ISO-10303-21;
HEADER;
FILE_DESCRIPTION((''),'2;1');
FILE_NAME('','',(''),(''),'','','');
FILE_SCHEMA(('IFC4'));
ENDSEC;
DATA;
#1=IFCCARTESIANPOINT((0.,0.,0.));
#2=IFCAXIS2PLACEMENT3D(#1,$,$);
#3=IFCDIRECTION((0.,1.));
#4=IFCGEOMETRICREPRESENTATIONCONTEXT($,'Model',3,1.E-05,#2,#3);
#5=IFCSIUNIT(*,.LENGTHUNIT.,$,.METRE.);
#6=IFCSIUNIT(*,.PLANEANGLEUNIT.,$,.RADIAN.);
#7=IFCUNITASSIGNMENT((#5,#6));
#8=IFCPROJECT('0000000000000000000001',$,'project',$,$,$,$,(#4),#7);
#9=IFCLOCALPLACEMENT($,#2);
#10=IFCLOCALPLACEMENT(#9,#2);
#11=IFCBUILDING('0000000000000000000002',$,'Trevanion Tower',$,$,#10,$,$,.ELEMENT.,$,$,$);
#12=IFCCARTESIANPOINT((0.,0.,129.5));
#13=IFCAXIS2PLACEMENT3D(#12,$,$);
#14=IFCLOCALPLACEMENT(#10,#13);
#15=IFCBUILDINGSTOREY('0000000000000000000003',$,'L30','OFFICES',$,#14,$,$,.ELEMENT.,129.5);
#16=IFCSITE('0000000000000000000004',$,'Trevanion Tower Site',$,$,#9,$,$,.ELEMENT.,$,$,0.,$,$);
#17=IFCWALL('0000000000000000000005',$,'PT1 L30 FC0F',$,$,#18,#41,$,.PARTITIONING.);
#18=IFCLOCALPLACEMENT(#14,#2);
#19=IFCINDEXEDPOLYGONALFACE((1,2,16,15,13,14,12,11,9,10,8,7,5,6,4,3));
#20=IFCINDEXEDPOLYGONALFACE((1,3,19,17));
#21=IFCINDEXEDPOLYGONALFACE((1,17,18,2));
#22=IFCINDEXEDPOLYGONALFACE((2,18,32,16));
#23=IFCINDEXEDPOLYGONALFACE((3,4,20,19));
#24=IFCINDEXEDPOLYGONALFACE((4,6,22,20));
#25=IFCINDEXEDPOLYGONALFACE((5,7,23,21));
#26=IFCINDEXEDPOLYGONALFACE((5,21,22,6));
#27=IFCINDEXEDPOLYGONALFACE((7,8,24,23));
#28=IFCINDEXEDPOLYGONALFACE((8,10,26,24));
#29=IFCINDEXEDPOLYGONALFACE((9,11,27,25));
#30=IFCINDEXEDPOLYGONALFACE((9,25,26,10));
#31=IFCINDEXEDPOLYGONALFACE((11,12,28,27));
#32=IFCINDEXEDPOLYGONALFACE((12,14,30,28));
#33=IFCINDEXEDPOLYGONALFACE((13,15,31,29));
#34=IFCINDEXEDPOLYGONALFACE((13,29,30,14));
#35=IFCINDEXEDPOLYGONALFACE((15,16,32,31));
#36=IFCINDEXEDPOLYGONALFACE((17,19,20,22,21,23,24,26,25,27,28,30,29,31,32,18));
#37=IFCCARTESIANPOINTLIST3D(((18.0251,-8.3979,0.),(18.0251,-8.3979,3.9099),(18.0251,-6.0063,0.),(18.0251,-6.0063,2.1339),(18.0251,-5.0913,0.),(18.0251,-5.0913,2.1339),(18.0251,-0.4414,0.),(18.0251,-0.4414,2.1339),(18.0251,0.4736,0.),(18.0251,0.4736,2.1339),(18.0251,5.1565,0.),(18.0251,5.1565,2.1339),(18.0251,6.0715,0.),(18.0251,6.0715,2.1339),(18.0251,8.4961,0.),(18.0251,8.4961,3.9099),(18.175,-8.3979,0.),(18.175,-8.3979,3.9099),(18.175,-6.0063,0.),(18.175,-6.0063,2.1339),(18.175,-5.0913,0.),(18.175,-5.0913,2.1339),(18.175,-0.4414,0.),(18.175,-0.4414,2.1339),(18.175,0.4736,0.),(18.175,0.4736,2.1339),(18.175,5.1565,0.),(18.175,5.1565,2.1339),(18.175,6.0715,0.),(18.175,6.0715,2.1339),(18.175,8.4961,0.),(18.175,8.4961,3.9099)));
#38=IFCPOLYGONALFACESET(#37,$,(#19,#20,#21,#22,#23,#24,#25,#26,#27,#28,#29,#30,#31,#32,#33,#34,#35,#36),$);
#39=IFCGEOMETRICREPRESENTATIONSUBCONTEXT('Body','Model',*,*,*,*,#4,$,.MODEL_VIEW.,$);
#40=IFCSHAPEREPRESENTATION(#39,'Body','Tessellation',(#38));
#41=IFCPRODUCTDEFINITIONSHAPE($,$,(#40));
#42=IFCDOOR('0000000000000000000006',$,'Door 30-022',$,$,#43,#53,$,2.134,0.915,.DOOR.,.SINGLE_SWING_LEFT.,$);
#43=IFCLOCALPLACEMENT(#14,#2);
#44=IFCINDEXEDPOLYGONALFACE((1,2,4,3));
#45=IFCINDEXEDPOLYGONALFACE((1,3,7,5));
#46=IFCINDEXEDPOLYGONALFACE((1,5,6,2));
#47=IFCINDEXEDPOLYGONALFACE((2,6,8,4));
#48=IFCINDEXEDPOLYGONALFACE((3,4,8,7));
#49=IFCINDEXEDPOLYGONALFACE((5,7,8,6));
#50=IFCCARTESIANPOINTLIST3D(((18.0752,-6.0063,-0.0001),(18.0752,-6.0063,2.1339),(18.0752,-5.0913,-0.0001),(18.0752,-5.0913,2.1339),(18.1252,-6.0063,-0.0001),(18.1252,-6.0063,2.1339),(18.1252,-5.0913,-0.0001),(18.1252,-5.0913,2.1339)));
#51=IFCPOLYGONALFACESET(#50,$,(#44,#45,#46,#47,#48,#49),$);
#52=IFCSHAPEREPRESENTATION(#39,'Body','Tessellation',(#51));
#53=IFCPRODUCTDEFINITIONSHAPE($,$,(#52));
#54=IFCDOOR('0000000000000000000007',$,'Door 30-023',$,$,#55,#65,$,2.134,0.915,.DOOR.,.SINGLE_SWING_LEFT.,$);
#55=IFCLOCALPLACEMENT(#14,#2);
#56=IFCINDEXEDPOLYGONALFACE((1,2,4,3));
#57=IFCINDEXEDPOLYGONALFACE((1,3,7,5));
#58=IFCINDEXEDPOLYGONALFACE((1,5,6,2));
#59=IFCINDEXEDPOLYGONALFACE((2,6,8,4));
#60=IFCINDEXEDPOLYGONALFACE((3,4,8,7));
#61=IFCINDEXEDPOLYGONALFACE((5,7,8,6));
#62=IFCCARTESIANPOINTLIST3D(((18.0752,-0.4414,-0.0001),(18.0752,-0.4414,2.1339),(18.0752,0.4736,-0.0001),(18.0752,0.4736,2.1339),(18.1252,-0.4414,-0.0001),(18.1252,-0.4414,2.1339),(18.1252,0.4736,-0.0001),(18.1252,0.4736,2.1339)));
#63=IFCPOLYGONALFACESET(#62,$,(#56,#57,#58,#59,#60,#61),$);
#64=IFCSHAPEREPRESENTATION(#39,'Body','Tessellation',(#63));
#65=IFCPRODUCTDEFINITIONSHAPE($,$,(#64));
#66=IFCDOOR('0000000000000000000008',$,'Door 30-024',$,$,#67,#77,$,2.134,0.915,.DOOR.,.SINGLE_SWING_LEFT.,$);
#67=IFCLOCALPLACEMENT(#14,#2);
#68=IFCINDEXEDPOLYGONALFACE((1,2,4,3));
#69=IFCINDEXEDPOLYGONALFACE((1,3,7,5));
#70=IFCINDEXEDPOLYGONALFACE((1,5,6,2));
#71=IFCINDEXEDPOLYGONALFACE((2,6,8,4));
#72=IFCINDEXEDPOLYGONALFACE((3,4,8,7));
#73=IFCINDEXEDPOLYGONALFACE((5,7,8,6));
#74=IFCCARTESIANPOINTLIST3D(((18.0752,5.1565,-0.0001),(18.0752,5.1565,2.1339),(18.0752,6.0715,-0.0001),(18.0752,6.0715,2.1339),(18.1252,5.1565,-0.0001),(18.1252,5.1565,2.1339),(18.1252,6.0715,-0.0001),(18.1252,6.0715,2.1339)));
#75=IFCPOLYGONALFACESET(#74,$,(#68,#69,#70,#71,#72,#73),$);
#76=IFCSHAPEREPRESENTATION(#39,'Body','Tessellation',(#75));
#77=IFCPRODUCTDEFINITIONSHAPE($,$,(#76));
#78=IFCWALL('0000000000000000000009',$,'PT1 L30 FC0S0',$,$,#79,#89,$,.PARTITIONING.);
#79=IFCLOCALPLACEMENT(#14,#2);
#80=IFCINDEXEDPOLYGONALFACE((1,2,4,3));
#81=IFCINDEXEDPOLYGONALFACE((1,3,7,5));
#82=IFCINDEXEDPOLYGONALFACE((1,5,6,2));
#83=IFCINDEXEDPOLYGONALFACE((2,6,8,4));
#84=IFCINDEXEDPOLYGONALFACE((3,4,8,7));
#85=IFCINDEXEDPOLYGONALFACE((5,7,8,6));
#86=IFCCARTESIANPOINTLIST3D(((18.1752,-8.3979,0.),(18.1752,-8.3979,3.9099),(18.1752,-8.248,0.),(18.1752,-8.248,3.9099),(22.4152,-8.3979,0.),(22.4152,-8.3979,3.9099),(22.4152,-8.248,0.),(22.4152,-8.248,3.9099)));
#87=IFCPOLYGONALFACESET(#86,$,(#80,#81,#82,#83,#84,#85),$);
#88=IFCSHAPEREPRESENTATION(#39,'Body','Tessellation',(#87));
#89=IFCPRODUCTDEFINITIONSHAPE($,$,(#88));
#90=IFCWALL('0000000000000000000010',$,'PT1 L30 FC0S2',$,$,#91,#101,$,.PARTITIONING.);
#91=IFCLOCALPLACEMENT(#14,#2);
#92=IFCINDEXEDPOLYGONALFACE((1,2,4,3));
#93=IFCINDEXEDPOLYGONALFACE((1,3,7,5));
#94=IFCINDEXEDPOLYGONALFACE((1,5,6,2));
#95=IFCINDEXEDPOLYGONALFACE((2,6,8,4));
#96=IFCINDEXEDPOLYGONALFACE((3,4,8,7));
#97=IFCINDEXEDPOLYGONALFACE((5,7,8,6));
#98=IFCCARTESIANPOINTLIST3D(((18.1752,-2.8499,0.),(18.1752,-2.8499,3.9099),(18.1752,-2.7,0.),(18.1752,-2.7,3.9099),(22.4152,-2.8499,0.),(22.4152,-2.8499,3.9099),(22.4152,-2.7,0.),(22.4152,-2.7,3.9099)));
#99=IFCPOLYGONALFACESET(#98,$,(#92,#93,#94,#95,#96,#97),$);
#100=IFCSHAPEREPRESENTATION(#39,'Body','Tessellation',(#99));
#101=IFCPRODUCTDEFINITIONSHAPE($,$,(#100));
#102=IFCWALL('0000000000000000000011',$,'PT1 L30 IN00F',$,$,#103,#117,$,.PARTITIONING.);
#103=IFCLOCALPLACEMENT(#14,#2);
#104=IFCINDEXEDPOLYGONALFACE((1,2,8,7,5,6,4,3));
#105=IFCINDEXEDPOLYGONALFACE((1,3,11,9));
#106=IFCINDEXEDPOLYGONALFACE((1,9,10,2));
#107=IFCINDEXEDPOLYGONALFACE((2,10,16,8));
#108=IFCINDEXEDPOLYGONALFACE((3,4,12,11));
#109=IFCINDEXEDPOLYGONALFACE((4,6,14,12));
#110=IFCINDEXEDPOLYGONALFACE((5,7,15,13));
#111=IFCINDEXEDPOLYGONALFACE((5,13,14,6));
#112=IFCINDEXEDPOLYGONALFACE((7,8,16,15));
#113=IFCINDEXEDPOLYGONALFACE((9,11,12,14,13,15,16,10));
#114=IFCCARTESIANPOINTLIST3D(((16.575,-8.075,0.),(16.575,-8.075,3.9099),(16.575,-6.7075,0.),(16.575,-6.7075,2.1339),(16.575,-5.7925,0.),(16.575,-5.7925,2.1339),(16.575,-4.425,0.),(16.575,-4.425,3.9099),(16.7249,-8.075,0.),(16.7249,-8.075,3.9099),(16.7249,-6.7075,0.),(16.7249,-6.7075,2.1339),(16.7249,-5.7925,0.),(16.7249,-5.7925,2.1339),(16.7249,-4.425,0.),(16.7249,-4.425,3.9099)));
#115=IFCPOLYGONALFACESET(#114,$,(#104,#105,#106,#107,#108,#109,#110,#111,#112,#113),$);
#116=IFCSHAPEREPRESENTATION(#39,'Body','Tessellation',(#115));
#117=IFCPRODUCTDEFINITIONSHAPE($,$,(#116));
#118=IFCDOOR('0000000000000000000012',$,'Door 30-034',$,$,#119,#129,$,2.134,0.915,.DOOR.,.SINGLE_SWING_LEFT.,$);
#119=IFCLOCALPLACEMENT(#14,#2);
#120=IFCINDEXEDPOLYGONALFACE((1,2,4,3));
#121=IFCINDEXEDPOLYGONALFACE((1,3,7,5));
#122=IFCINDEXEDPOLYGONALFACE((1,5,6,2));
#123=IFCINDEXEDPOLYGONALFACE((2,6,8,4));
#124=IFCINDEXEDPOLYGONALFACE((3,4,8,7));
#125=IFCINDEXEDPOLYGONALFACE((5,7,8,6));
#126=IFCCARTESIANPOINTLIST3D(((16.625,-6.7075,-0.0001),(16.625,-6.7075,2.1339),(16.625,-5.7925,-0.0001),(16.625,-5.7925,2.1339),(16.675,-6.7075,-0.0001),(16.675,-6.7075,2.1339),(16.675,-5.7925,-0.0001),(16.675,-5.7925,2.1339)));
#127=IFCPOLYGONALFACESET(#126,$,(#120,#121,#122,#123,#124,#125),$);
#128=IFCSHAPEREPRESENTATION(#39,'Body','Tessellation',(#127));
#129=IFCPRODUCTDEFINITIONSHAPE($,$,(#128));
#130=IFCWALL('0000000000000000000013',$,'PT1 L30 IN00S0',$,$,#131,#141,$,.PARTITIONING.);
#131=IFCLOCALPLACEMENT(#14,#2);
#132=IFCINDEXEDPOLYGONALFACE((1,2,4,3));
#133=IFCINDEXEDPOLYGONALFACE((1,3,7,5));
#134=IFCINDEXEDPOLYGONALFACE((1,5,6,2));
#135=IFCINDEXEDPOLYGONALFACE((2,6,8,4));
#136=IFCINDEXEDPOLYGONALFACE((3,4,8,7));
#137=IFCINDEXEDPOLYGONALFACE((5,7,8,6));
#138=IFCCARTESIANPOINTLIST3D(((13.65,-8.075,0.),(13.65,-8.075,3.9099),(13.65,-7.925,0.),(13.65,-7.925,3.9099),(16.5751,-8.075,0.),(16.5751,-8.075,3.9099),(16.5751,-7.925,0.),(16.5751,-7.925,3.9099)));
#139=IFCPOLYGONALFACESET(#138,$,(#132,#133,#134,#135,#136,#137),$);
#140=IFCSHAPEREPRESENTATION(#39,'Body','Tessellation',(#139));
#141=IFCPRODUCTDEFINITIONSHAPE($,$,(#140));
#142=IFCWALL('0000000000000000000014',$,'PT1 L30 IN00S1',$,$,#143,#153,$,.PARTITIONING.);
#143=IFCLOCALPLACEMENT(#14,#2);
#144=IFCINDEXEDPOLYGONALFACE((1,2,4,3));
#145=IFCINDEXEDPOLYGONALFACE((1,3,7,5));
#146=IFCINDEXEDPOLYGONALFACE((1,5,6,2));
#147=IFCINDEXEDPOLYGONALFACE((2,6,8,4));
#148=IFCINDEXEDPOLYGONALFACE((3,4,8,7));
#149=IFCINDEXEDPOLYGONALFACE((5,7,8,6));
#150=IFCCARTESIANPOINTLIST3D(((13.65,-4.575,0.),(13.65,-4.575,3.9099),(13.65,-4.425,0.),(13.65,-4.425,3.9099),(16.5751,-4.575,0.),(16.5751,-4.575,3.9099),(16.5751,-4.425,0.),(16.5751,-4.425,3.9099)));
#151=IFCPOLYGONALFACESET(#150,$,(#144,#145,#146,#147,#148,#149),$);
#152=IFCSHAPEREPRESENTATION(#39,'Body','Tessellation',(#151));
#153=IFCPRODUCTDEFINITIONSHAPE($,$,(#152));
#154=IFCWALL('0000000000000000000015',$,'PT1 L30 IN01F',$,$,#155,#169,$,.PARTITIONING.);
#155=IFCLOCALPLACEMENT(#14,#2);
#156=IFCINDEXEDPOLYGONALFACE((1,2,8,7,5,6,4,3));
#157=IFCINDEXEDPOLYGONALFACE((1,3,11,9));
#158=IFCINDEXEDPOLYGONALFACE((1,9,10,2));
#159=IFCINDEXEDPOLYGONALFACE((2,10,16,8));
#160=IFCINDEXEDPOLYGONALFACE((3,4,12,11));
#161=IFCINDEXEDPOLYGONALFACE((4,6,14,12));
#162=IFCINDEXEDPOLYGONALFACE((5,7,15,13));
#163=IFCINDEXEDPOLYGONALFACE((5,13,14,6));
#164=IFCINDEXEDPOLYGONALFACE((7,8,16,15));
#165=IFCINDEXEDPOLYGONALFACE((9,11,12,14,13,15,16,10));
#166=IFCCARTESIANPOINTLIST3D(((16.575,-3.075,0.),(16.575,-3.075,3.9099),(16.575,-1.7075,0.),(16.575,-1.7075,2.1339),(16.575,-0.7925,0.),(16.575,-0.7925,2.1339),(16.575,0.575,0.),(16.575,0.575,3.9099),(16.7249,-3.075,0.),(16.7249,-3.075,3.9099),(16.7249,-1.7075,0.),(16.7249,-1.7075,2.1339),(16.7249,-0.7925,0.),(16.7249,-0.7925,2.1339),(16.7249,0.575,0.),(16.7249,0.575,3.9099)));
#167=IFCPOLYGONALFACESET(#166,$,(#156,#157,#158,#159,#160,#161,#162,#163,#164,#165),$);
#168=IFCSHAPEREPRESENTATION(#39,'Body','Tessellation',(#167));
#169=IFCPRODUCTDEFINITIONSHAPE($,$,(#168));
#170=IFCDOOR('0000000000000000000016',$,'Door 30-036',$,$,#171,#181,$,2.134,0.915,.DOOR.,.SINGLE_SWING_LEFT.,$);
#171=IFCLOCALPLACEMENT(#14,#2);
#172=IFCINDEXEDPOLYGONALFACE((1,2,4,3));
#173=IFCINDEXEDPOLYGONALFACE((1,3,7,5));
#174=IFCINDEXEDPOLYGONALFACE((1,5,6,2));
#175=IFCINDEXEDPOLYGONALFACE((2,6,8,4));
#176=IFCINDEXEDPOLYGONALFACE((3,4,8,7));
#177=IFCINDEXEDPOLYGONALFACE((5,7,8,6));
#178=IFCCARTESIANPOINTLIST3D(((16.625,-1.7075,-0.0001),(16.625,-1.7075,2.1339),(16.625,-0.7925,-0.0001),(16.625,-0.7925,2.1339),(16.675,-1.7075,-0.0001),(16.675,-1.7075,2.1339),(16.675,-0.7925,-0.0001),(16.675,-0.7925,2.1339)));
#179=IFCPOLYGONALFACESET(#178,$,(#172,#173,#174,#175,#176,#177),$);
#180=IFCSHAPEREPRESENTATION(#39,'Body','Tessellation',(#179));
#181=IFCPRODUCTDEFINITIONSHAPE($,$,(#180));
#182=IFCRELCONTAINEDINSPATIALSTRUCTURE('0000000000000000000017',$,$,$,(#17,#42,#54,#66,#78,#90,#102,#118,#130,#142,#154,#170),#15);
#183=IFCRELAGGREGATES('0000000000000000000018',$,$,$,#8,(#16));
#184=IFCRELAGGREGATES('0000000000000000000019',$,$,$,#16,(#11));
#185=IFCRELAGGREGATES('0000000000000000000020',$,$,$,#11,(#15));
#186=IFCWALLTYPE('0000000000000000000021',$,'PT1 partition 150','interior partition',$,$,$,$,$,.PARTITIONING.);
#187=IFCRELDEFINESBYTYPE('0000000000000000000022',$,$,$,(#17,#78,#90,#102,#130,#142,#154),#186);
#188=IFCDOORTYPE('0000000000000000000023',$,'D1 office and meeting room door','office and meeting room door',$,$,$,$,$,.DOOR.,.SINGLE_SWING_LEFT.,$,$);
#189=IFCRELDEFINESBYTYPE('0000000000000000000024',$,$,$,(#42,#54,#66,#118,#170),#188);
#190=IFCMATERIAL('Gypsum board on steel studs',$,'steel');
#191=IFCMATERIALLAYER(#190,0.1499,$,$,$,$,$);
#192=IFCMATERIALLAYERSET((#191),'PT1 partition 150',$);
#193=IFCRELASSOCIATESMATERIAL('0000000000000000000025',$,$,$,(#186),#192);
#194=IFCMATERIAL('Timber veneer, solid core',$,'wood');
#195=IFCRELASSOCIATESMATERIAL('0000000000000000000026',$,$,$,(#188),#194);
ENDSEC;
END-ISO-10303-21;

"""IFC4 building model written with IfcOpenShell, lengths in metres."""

from ifc_helpers import new_model, si_unit, direction, frame, frame_2d, origin, place, context, subcontext, project, spatial, rectangle, extrude, material, layer, layer_set, type_object, element, fill, save


model = new_model("IFC4")

# Units and contexts
model_context = context("Model", 3, precision=1e-05, world=origin(), true_north=direction((0.0, 1.0)))
body_context = subcontext(model_context, "Body", "Model", "MODEL_VIEW")
ifc_project = project(units=[si_unit("LENGTHUNIT", "METRE"), si_unit("PLANEANGLEUNIT", "RADIAN")], contexts=[model_context])

# Site, building, storey
site_placement = place(None, origin())
site = spatial("IfcSite", under=ifc_project, at=site_placement, Name="Trevanion Tower Site", CompositionType="ELEMENT", RefElevation=0.0)
building_placement = place(site_placement, origin())
building = spatial("IfcBuilding", under=site, at=building_placement, Name="Trevanion Tower", CompositionType="ELEMENT")
storey_placement = place(building_placement, frame((0.0, 0.0, 129.5)))
storey = spatial("IfcBuildingStorey", under=building, at=storey_placement, Name="L30", Description="OFFICES", CompositionType="ELEMENT", Elevation=129.5)

# Wall, openings, doors
ifc_material_1 = material(Name="Gypsum board on steel studs", Category="steel")
ifc_layer_1 = layer(ifc_material_1, 0.1499)
ifc_layer_set_1 = layer_set([ifc_layer_1], Name="PT1 partition 150")
wall_type = type_object("IfcWallType", Name="PT1 partition 150", Description="interior partition", PredefinedType="PARTITIONING", material=ifc_layer_set_1)
wall_1_placement = place(storey_placement, frame((18.1001, -8.3979, 0.0), z_axis=(0.0, 0.0, 1.0), x_axis=(0.0, 1.0, 0.0)))
wall_1 = element("IfcWall", 1, at=wall_1_placement, inside=storey, type_object=wall_type, Name="PT1 L30 FC0F", PredefinedType="PARTITIONING", context=body_context, shape_type="SweptSolid", body=[
    extrude(rectangle(XDim=16.894, YDim=0.1499, at=frame_2d((8.447, 0.0))), origin(), (0.0, 0.0, 1.0), 3.9099),
])
opening_1_placement = place(wall_1_placement, frame((2.3916, 0.0, 0.0)))
opening_1 = element("IfcOpeningElement", 2, at=opening_1_placement, cuts=wall_1, PredefinedType="OPENING", context=body_context, shape_type="SweptSolid", body=[
    extrude(rectangle(XDim=0.915, YDim=2.134, at=frame_2d((0.4575, 1.0669))), frame((0.0, 0.085, 0.0), z_axis=(0.0, -1.0, 0.0), x_axis=(1.0, 0.0, 0.0)), (0.0, 0.0, 1.0), 0.1699),
])
opening_2_placement = place(wall_1_placement, frame((7.9565, 0.0, 0.0)))
opening_2 = element("IfcOpeningElement", 3, at=opening_2_placement, cuts=wall_1, PredefinedType="OPENING", context=body_context, shape_type="SweptSolid", body=[
    extrude(rectangle(XDim=0.915, YDim=2.134, at=frame_2d((0.4575, 1.0669))), frame((0.0, 0.085, 0.0), z_axis=(0.0, -1.0, 0.0), x_axis=(1.0, 0.0, 0.0)), (0.0, 0.0, 1.0), 0.1699),
])
opening_3_placement = place(wall_1_placement, frame((13.5544, 0.0, 0.0)))
opening_3 = element("IfcOpeningElement", 4, at=opening_3_placement, cuts=wall_1, PredefinedType="OPENING", context=body_context, shape_type="SweptSolid", body=[
    extrude(rectangle(XDim=0.915, YDim=2.134, at=frame_2d((0.4575, 1.0669))), frame((0.0, 0.085, 0.0), z_axis=(0.0, -1.0, 0.0), x_axis=(1.0, 0.0, 0.0)), (0.0, 0.0, 1.0), 0.1699),
])
ifc_material_2 = material(Name="Timber veneer, solid core", Category="wood")
door_type = type_object("IfcDoorType", Name="D1 office and meeting room door", Description="office and meeting room door", OperationType="SINGLE_SWING_LEFT", PredefinedType="DOOR", material=ifc_material_2)
door_1_placement = place(opening_1_placement, origin())
door_1 = element("IfcDoor", 5, at=door_1_placement, inside=storey, type_object=door_type, Name="Door 30-022", OperationType="SINGLE_SWING_LEFT", OverallHeight=2.134, OverallWidth=0.915, PredefinedType="DOOR", context=body_context, shape_type="SweptSolid", body=[
    extrude(rectangle(XDim=0.915, YDim=2.134, at=frame_2d((0.4575, 1.0669))), frame((0.0, 0.0249, 0.0), z_axis=(0.0, -1.0, 0.0), x_axis=(1.0, 0.0, 0.0)), (0.0, 0.0, 1.0), 0.05),
])
fill(opening_1, door_1)
door_2_placement = place(opening_2_placement, origin())
door_2 = element("IfcDoor", 6, at=door_2_placement, inside=storey, type_object=door_type, Name="Door 30-023", OperationType="SINGLE_SWING_LEFT", OverallHeight=2.134, OverallWidth=0.915, PredefinedType="DOOR", context=body_context, shape_type="SweptSolid", body=[
    extrude(rectangle(XDim=0.915, YDim=2.134, at=frame_2d((0.4575, 1.0669))), frame((0.0, 0.0249, 0.0), z_axis=(0.0, -1.0, 0.0), x_axis=(1.0, 0.0, 0.0)), (0.0, 0.0, 1.0), 0.05),
])
fill(opening_2, door_2)
door_3_placement = place(opening_3_placement, origin())
door_3 = element("IfcDoor", 7, at=door_3_placement, inside=storey, type_object=door_type, Name="Door 30-024", OperationType="SINGLE_SWING_LEFT", OverallHeight=2.134, OverallWidth=0.915, PredefinedType="DOOR", context=body_context, shape_type="SweptSolid", body=[
    extrude(rectangle(XDim=0.915, YDim=2.134, at=frame_2d((0.4575, 1.0669))), frame((0.0, 0.0249, 0.0), z_axis=(0.0, -1.0, 0.0), x_axis=(1.0, 0.0, 0.0)), (0.0, 0.0, 1.0), 0.05),
])
fill(opening_3, door_3)

# Walls
for number, where, z_axis, x_axis, name in (
    (8, (18.175, -8.323, 0.0), (0.0, 0.0, 1.0), (1.0, 0.0, 0.0), "PT1 L30 FC0S0"),
    (9, (18.175, -2.7749, 0.0), (0.0, 0.0, 1.0), (1.0, 0.0, 0.0), "PT1 L30 FC0S2"),
):
    element("IfcWall", number, at=place(storey_placement, frame(where, z_axis=z_axis, x_axis=x_axis)), inside=storey, type_object=wall_type, Name=name, PredefinedType="PARTITIONING", context=body_context, shape_type="SweptSolid", body=[
        extrude(rectangle(XDim=4.24, YDim=0.1499, at=frame_2d((2.1201, 0.0))), origin(), (0.0, 0.0, 1.0), 3.9099),
    ])

# Wall, opening, door
wall_2_placement = place(storey_placement, frame((16.6499, -8.075, 0.0), z_axis=(0.0, 0.0, 1.0), x_axis=(0.0, 1.0, 0.0)))
wall_2 = element("IfcWall", 10, at=wall_2_placement, inside=storey, type_object=wall_type, Name="PT1 L30 IN00F", PredefinedType="PARTITIONING", context=body_context, shape_type="SweptSolid", body=[
    extrude(rectangle(XDim=3.6499, YDim=0.1499, at=frame_2d((1.825, 0.0))), origin(), (0.0, 0.0, 1.0), 3.9099),
])
opening_4_placement = place(wall_2_placement, frame((1.3674, 0.0, 0.0)))
opening_4 = element("IfcOpeningElement", 11, at=opening_4_placement, cuts=wall_2, PredefinedType="OPENING", context=body_context, shape_type="SweptSolid", body=[
    extrude(rectangle(XDim=0.915, YDim=2.134, at=frame_2d((0.4575, 1.0669))), frame((0.0, 0.085, 0.0), z_axis=(0.0, -1.0, 0.0), x_axis=(1.0, 0.0, 0.0)), (0.0, 0.0, 1.0), 0.1699),
])
door_4_placement = place(opening_4_placement, origin())
door_4 = element("IfcDoor", 12, at=door_4_placement, inside=storey, type_object=door_type, Name="Door 30-034", OperationType="SINGLE_SWING_LEFT", OverallHeight=2.134, OverallWidth=0.915, PredefinedType="DOOR", context=body_context, shape_type="SweptSolid", body=[
    extrude(rectangle(XDim=0.915, YDim=2.134, at=frame_2d((0.4575, 1.0669))), frame((0.0, 0.0249, 0.0), z_axis=(0.0, -1.0, 0.0), x_axis=(1.0, 0.0, 0.0)), (0.0, 0.0, 1.0), 0.05),
])
fill(opening_4, door_4)

# Walls
for number, where, z_axis, x_axis, name in (
    (13, (16.575, -8.0, 0.0), (0.0, 0.0, 1.0), (-1.0, 0.0, 0.0), "PT1 L30 IN00S0"),
    (14, (16.575, -4.5, 0.0), (0.0, 0.0, 1.0), (-1.0, 0.0, 0.0), "PT1 L30 IN00S1"),
):
    element("IfcWall", number, at=place(storey_placement, frame(where, z_axis=z_axis, x_axis=x_axis)), inside=storey, type_object=wall_type, Name=name, PredefinedType="PARTITIONING", context=body_context, shape_type="SweptSolid", body=[
        extrude(rectangle(XDim=2.925, YDim=0.1499, at=frame_2d((1.4624, 0.0))), origin(), (0.0, 0.0, 1.0), 3.9099),
    ])

# Wall, opening, door
wall_3_placement = place(storey_placement, frame((16.6499, -3.075, 0.0), z_axis=(0.0, 0.0, 1.0), x_axis=(0.0, 1.0, 0.0)))
wall_3 = element("IfcWall", 15, at=wall_3_placement, inside=storey, type_object=wall_type, Name="PT1 L30 IN01F", PredefinedType="PARTITIONING", context=body_context, shape_type="SweptSolid", body=[
    extrude(rectangle(XDim=3.6499, YDim=0.1499, at=frame_2d((1.825, 0.0))), origin(), (0.0, 0.0, 1.0), 3.9099),
])
opening_5_placement = place(wall_3_placement, frame((1.3674, 0.0, 0.0)))
opening_5 = element("IfcOpeningElement", 16, at=opening_5_placement, cuts=wall_3, PredefinedType="OPENING", context=body_context, shape_type="SweptSolid", body=[
    extrude(rectangle(XDim=0.915, YDim=2.134, at=frame_2d((0.4575, 1.0669))), frame((0.0, 0.085, 0.0), z_axis=(0.0, -1.0, 0.0), x_axis=(1.0, 0.0, 0.0)), (0.0, 0.0, 1.0), 0.1699),
])
door_5_placement = place(opening_5_placement, origin())
door_5 = element("IfcDoor", 17, at=door_5_placement, inside=storey, type_object=door_type, Name="Door 30-036", OperationType="SINGLE_SWING_LEFT", OverallHeight=2.134, OverallWidth=0.915, PredefinedType="DOOR", context=body_context, shape_type="SweptSolid", body=[
    extrude(rectangle(XDim=0.915, YDim=2.134, at=frame_2d((0.4575, 1.0669))), frame((0.0, 0.0249, 0.0), z_axis=(0.0, -1.0, 0.0), x_axis=(1.0, 0.0, 0.0)), (0.0, 0.0, 1.0), 0.05),
])
fill(opening_5, door_5)

save(model, "model.ifc")
